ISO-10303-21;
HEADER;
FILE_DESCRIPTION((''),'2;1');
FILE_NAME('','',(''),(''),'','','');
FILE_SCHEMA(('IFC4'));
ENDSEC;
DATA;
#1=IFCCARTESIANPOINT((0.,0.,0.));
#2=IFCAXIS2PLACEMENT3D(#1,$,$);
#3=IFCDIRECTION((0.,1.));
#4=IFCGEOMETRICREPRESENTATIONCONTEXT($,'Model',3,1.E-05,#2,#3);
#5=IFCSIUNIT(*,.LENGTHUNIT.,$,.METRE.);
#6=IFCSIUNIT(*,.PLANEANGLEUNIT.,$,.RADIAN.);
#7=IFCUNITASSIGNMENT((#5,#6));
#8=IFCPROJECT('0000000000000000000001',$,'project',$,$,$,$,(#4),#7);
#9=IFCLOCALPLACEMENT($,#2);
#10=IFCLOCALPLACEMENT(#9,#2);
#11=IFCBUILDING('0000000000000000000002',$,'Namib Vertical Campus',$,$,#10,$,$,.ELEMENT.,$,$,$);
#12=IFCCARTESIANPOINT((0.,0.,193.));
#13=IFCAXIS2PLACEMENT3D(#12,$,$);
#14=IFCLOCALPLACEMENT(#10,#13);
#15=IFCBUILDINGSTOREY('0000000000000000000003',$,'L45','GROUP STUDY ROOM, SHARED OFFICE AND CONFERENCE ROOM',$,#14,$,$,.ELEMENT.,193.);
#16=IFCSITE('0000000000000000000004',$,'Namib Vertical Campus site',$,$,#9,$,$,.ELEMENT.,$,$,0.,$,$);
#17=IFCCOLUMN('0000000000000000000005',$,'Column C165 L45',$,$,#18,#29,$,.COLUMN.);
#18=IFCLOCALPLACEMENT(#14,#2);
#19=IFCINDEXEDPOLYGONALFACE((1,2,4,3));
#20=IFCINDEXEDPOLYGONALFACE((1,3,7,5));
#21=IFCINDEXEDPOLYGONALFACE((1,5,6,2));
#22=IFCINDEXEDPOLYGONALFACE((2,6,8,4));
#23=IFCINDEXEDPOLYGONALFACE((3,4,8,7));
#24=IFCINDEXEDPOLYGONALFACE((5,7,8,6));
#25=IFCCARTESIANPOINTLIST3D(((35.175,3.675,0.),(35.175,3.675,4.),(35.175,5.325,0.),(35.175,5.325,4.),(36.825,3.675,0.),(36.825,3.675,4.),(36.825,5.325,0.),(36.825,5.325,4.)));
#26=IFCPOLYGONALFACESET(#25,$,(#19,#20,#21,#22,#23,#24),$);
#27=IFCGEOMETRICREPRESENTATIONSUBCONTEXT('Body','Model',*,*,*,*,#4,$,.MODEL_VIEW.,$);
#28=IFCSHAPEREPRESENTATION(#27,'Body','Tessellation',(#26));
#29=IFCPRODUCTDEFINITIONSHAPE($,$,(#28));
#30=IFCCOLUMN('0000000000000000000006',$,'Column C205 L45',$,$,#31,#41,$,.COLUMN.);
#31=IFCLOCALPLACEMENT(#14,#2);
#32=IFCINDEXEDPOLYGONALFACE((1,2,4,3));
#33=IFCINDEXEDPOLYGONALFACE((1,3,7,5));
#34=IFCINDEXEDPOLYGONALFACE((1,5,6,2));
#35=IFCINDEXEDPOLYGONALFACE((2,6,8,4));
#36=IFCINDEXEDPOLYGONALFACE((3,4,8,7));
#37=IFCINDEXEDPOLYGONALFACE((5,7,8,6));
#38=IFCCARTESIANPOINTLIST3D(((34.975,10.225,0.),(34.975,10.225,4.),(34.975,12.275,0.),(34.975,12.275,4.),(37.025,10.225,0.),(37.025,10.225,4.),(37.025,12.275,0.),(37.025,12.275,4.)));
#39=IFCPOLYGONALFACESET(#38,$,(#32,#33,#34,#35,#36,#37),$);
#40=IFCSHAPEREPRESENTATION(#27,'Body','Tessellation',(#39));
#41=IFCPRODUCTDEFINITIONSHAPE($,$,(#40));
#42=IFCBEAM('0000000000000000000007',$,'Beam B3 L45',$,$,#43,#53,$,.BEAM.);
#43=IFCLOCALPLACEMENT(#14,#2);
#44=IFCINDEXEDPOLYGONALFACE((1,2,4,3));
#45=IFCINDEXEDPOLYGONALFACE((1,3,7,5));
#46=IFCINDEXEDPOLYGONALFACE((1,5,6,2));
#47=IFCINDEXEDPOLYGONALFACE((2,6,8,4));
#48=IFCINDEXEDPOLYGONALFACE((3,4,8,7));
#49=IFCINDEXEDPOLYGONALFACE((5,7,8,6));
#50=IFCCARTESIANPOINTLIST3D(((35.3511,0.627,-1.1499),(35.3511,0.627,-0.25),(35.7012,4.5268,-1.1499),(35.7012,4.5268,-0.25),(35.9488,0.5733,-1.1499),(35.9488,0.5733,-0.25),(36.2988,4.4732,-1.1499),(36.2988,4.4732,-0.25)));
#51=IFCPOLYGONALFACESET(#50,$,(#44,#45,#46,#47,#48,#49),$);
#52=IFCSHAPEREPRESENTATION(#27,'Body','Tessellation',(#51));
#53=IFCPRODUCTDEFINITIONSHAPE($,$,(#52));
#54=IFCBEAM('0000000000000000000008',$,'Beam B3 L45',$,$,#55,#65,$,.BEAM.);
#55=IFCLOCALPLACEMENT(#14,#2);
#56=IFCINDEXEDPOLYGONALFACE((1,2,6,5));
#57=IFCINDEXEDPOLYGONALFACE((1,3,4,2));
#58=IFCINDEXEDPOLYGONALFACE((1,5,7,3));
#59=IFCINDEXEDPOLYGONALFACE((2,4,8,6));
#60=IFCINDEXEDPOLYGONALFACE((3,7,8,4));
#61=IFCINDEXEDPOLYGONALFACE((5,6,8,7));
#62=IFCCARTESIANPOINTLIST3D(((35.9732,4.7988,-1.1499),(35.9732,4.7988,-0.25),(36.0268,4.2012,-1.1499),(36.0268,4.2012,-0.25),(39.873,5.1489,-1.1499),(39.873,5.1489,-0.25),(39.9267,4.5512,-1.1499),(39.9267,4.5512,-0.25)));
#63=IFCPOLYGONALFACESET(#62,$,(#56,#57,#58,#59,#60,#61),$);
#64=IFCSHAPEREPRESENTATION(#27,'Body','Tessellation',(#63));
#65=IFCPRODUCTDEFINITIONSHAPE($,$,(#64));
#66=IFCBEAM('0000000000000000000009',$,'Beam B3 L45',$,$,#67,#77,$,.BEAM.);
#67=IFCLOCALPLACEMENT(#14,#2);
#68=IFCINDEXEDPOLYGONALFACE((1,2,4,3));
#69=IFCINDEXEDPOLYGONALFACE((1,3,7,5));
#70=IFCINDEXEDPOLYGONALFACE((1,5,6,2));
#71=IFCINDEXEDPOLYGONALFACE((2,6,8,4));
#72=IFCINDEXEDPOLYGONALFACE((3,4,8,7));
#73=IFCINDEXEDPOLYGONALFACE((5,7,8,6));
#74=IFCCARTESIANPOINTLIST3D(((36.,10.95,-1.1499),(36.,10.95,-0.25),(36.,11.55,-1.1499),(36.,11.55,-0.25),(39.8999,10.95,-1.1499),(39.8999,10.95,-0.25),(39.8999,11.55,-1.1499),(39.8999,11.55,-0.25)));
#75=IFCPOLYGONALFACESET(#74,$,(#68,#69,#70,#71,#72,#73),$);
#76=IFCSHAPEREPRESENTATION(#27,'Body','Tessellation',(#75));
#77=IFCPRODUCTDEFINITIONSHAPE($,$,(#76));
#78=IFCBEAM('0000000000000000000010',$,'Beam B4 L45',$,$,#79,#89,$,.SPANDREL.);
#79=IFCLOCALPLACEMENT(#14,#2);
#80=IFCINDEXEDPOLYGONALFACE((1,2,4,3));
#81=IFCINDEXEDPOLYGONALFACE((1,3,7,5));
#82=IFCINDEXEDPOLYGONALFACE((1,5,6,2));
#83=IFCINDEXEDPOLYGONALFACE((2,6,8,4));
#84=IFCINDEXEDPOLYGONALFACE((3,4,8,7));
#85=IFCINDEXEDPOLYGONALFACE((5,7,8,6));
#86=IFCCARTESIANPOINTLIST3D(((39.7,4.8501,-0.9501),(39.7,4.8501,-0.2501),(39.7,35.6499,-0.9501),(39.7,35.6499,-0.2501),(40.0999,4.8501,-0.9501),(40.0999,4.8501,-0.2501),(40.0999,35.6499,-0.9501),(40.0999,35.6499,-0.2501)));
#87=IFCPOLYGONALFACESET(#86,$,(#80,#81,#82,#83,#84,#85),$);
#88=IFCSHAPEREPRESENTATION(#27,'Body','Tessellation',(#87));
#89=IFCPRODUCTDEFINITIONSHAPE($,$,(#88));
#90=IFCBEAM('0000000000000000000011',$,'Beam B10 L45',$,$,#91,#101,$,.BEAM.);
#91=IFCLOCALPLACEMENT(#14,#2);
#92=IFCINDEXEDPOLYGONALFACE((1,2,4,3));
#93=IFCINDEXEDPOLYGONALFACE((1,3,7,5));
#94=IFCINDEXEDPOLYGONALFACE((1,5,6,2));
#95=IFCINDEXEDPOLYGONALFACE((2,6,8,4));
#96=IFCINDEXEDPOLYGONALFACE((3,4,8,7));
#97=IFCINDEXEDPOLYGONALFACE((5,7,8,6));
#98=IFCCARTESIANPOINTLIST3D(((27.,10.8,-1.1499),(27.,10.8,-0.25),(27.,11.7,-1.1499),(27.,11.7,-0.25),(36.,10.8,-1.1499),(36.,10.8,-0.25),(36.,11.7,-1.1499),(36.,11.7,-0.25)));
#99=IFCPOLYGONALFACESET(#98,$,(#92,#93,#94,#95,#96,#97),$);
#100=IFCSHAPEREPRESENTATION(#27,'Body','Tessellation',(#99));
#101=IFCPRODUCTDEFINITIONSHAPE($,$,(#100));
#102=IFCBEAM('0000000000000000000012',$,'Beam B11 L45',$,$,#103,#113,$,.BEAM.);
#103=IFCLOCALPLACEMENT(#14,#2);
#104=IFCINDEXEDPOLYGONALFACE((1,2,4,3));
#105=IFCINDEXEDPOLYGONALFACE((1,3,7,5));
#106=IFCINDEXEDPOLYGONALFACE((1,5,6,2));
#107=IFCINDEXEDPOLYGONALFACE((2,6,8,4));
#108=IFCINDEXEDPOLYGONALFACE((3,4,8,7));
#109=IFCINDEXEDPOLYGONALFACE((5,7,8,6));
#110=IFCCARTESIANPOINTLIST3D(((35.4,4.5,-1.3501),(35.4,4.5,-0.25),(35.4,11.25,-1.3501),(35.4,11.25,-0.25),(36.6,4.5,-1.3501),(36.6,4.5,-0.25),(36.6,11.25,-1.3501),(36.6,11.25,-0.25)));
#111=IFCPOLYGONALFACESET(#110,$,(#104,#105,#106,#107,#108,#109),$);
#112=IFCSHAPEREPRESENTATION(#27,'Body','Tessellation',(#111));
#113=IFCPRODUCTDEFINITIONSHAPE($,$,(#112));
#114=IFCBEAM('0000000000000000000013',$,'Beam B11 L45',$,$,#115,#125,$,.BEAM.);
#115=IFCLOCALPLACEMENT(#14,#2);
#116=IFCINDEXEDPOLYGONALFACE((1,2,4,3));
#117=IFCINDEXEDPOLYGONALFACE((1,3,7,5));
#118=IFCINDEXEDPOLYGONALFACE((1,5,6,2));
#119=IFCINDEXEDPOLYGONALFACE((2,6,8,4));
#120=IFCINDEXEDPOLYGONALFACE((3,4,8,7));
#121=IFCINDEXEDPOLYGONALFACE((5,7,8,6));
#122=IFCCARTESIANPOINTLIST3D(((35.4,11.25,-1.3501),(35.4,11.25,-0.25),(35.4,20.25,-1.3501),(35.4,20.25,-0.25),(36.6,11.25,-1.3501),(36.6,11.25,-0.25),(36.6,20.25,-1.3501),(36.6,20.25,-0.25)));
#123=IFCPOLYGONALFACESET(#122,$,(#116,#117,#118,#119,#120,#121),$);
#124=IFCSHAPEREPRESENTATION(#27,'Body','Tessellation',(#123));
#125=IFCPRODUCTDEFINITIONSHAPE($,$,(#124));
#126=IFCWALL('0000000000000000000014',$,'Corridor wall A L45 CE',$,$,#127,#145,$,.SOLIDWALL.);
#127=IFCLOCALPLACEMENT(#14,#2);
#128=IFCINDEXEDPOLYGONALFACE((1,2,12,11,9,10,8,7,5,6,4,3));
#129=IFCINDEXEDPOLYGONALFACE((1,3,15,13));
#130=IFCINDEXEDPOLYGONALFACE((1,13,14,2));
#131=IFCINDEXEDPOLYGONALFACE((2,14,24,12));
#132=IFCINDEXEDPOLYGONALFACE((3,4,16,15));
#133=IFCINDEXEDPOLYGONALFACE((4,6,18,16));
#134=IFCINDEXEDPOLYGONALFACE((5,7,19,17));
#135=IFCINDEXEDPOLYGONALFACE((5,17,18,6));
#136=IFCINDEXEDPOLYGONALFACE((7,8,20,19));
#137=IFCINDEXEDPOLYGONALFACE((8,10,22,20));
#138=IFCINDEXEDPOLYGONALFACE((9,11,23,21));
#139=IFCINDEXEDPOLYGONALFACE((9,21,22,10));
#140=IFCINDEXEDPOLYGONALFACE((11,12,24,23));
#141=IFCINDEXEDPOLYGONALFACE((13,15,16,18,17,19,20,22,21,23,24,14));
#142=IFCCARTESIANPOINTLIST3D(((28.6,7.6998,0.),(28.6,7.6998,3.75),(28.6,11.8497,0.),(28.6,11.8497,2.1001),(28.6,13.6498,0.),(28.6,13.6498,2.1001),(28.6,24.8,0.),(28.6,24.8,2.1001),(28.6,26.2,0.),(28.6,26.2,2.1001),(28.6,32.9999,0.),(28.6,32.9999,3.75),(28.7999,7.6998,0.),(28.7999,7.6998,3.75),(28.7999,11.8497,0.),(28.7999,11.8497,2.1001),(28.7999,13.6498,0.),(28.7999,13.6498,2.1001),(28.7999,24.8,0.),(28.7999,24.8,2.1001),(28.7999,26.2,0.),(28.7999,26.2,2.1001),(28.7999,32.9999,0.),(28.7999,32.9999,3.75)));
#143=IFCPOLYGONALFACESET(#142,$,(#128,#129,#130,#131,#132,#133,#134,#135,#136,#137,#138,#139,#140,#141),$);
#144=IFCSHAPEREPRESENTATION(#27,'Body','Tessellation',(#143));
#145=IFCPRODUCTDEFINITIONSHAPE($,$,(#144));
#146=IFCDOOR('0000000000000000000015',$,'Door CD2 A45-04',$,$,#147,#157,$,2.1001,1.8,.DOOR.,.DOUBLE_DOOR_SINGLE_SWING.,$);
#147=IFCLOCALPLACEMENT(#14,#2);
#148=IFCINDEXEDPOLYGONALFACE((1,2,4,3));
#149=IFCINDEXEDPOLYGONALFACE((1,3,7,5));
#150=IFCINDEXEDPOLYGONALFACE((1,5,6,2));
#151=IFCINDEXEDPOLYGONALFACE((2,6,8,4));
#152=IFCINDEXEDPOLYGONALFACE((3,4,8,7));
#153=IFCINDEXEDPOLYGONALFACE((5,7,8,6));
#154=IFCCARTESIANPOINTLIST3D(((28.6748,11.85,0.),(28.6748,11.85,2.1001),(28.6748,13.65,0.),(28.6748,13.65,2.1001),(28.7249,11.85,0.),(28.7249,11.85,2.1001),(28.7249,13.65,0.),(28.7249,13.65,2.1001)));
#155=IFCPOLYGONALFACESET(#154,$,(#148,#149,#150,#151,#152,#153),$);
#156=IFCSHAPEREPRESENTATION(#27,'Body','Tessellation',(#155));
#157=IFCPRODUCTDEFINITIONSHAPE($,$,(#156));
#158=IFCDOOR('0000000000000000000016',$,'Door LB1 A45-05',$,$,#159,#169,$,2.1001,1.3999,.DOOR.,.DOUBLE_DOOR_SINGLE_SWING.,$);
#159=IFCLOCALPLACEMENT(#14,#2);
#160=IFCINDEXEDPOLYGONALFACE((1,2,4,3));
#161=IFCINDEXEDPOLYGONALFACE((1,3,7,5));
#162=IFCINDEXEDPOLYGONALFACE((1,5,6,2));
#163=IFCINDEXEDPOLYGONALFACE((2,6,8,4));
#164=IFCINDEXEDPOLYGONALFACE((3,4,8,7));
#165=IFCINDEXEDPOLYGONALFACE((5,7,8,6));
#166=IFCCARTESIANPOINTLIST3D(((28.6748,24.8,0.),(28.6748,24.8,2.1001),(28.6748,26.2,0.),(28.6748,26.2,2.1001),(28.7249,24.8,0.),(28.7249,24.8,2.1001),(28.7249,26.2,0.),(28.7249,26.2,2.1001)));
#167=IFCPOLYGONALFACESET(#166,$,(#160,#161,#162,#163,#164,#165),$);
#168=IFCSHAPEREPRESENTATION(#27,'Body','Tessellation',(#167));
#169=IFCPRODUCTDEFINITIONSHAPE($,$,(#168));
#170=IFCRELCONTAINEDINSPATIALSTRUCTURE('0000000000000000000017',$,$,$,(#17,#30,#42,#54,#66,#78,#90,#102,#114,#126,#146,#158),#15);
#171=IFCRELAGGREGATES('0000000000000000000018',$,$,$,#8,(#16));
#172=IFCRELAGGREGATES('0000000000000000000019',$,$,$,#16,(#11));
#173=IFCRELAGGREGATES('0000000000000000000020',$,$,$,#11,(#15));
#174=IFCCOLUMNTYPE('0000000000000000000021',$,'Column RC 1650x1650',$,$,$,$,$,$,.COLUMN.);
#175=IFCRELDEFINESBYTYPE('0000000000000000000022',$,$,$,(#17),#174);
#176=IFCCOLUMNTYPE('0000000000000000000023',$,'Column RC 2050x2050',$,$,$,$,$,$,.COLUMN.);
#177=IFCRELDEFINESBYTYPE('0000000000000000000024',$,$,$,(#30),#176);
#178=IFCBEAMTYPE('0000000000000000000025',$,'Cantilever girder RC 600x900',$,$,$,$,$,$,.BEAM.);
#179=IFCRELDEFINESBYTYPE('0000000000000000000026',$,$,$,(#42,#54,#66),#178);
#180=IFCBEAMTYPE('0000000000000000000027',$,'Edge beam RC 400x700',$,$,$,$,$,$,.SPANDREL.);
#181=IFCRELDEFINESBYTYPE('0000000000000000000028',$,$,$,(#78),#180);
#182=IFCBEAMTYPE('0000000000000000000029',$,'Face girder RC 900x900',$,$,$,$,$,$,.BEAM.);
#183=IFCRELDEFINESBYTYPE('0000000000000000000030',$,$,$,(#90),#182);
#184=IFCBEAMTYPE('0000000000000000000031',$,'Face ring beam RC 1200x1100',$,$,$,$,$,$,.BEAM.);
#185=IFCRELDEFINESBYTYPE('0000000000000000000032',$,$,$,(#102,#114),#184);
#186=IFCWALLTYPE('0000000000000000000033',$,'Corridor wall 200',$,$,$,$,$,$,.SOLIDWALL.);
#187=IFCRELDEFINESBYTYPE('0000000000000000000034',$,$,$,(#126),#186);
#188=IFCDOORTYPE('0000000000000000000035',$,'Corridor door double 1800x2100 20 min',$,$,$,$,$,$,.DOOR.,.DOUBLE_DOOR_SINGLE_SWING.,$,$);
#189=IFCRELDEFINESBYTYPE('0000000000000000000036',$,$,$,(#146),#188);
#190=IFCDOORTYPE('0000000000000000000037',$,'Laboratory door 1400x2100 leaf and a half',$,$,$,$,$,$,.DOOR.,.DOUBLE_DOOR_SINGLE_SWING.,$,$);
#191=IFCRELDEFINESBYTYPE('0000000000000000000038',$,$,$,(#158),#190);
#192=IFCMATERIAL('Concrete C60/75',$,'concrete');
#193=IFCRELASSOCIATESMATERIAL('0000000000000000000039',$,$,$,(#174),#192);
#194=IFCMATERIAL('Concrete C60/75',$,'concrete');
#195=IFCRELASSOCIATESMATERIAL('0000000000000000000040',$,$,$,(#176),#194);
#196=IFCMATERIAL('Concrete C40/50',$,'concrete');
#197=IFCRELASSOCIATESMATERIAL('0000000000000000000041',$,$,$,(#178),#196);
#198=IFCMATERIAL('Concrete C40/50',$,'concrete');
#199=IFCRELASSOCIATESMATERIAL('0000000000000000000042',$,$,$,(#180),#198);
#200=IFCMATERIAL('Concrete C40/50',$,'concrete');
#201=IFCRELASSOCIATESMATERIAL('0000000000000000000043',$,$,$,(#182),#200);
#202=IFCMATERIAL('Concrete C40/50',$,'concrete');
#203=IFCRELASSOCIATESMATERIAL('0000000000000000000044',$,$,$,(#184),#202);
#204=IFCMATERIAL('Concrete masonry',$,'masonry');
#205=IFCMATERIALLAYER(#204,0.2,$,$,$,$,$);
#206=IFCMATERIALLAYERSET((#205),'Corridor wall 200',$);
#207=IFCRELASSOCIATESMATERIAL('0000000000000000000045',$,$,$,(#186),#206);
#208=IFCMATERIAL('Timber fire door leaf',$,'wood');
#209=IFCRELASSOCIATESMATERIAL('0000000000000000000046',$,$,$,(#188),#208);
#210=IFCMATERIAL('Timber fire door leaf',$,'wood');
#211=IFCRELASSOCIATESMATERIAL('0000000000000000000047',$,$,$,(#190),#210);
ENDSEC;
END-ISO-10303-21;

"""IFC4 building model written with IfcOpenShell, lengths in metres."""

from ifc_helpers import new_model, si_unit, direction, frame, frame_2d, origin, origin_2d, place, context, subcontext, project, spatial, rectangle, extrude, material, layer, layer_set, material_profile, profile_set, type_object, element, fill, save


model = new_model("IFC4")

# Units and contexts
model_context = context("Model", 3, precision=1e-05, world=origin(), true_north=direction((0.0, 1.0)))
body_context = subcontext(model_context, "Body", "Model", "MODEL_VIEW")
ifc_project = project(units=[si_unit("LENGTHUNIT", "METRE"), si_unit("PLANEANGLEUNIT", "RADIAN")], contexts=[model_context])

# Site, building, storey
site_placement = place(None, origin())
site = spatial("IfcSite", under=ifc_project, at=site_placement, Name="Namib Vertical Campus site", CompositionType="ELEMENT", RefElevation=0.0)
building_placement = place(site_placement, origin())
building = spatial("IfcBuilding", under=site, at=building_placement, Name="Namib Vertical Campus", CompositionType="ELEMENT")
storey_placement = place(building_placement, frame((0.0, 0.0, 193.0)))
storey = spatial("IfcBuildingStorey", under=building, at=storey_placement, Name="L45", Description="GROUP STUDY ROOM, SHARED OFFICE AND CONFERENCE ROOM", CompositionType="ELEMENT", Elevation=193.0)

# Columns
ifc_material_1 = material(Name="Concrete C60/75", Category="concrete")
ifc_material_profile_1 = material_profile(ifc_material_1, rectangle(XDim=1.6499, YDim=1.6499, at=origin_2d()))
ifc_profile_set_1 = profile_set([ifc_material_profile_1], Name="Concrete C60/75")
column_type_1 = type_object("IfcColumnType", Name="Column RC 1650x1650", PredefinedType="COLUMN", material=ifc_profile_set_1)
column_1_placement = place(storey_placement, frame((36.0, 4.5, 0.0), z_axis=(0.0, 0.0, 1.0), x_axis=(1.0, 0.0, 0.0)))
element("IfcColumn", 1, at=column_1_placement, inside=storey, type_object=column_type_1, Name="Column C165 L45", PredefinedType="COLUMN", context=body_context, shape_type="SweptSolid", body=[
    extrude(rectangle(XDim=1.6499, YDim=1.6499, at=origin_2d()), origin(), (0.0, 0.0, 1.0), 4.0),
])
ifc_material_2 = material(Name="Concrete C60/75", Category="concrete")
ifc_material_profile_2 = material_profile(ifc_material_2, rectangle(XDim=2.05, YDim=2.05, at=origin_2d()))
ifc_profile_set_2 = profile_set([ifc_material_profile_2], Name="Concrete C60/75")
column_type_2 = type_object("IfcColumnType", Name="Column RC 2050x2050", PredefinedType="COLUMN", material=ifc_profile_set_2)
column_2_placement = place(storey_placement, frame((36.0, 11.25, 0.0), z_axis=(0.0, 0.0, 1.0), x_axis=(1.0, 0.0, 0.0)))
element("IfcColumn", 2, at=column_2_placement, inside=storey, type_object=column_type_2, Name="Column C205 L45", PredefinedType="COLUMN", context=body_context, shape_type="SweptSolid", body=[
    extrude(rectangle(XDim=2.05, YDim=2.05, at=origin_2d()), origin(), (0.0, 0.0, 1.0), 4.0),
])

# Beams
ifc_material_3 = material(Name="Concrete C40/50", Category="concrete")
ifc_material_profile_3 = material_profile(ifc_material_3, rectangle(XDim=0.6001, YDim=0.8999, at=origin_2d()))
ifc_profile_set_3 = profile_set([ifc_material_profile_3], Name="Concrete C40/50")
beam_type_1 = type_object("IfcBeamType", Name="Cantilever girder RC 600x900", PredefinedType="BEAM", material=ifc_profile_set_3)
for number, where, z_axis, x_axis, name in (
    (3, (36.0, 4.5, -0.7), (-0.089411, -0.995995, 0.0), (0.995995, -0.089411, 0.0), "Beam B3 L45"),
    (4, (36.0, 4.5, -0.7), (0.995995, 0.089411, 0.0), (-0.089411, 0.995995, 0.0), "Beam B3 L45"),
):
    element("IfcBeam", number, at=place(storey_placement, frame(where, z_axis=z_axis, x_axis=x_axis)), inside=storey, type_object=beam_type_1, Name=name, PredefinedType="BEAM", context=body_context, shape_type="SweptSolid", body=[
        extrude(rectangle(XDim=0.6001, YDim=0.8999, at=origin_2d()), origin(), (0.0, 0.0, 1.0), 3.9155),
    ])
beam_1_placement = place(storey_placement, frame((36.0, 11.25, -0.7), z_axis=(1.0, 0.0, 0.0), x_axis=(0.0, 1.0, 0.0)))
element("IfcBeam", 5, at=beam_1_placement, inside=storey, type_object=beam_type_1, Name="Beam B3 L45", PredefinedType="BEAM", context=body_context, shape_type="SweptSolid", body=[
    extrude(rectangle(XDim=0.6001, YDim=0.8999, at=origin_2d()), origin(), (0.0, 0.0, 1.0), 3.8999),
])
ifc_material_4 = material(Name="Concrete C40/50", Category="concrete")
ifc_material_profile_4 = material_profile(ifc_material_4, rectangle(XDim=0.3999, YDim=0.7, at=origin_2d()))
ifc_profile_set_4 = profile_set([ifc_material_profile_4], Name="Concrete C40/50")
beam_type_2 = type_object("IfcBeamType", Name="Edge beam RC 400x700", PredefinedType="SPANDREL", material=ifc_profile_set_4)
beam_2_placement = place(storey_placement, frame((39.8999, 4.8501, -0.6001), z_axis=(0.0, 1.0, 0.0), x_axis=(-1.0, 0.0, 0.0)))
element("IfcBeam", 6, at=beam_2_placement, inside=storey, type_object=beam_type_2, Name="Beam B4 L45", PredefinedType="SPANDREL", context=body_context, shape_type="SweptSolid", body=[
    extrude(rectangle(XDim=0.3999, YDim=0.7, at=origin_2d()), origin(), (0.0, 0.0, 1.0), 30.7998),
])
ifc_material_5 = material(Name="Concrete C40/50", Category="concrete")
ifc_material_profile_5 = material_profile(ifc_material_5, rectangle(XDim=0.8999, YDim=0.8999, at=origin_2d()))
ifc_profile_set_5 = profile_set([ifc_material_profile_5], Name="Concrete C40/50")
beam_type_3 = type_object("IfcBeamType", Name="Face girder RC 900x900", PredefinedType="BEAM", material=ifc_profile_set_5)
beam_3_placement = place(storey_placement, frame((36.0, 11.25, -0.7), z_axis=(-1.0, 0.0, 0.0), x_axis=(0.0, -1.0, 0.0)))
element("IfcBeam", 7, at=beam_3_placement, inside=storey, type_object=beam_type_3, Name="Beam B10 L45", PredefinedType="BEAM", context=body_context, shape_type="SweptSolid", body=[
    extrude(rectangle(XDim=0.8999, YDim=0.8999, at=origin_2d()), origin(), (0.0, 0.0, 1.0), 9.0),
])
ifc_material_6 = material(Name="Concrete C40/50", Category="concrete")
ifc_material_profile_6 = material_profile(ifc_material_6, rectangle(XDim=1.2, YDim=1.1001, at=origin_2d()))
ifc_profile_set_6 = profile_set([ifc_material_profile_6], Name="Concrete C40/50")
beam_type_4 = type_object("IfcBeamType", Name="Face ring beam RC 1200x1100", PredefinedType="BEAM", material=ifc_profile_set_6)
beam_4_placement = place(storey_placement, frame((36.0, 4.5, -0.8), z_axis=(0.0, 1.0, 0.0), x_axis=(-1.0, 0.0, 0.0)))
element("IfcBeam", 8, at=beam_4_placement, inside=storey, type_object=beam_type_4, Name="Beam B11 L45", PredefinedType="BEAM", context=body_context, shape_type="SweptSolid", body=[
    extrude(rectangle(XDim=1.2, YDim=1.1001, at=origin_2d()), origin(), (0.0, 0.0, 1.0), 6.75),
])
beam_5_placement = place(storey_placement, frame((36.0, 11.25, -0.8), z_axis=(0.0, 1.0, 0.0), x_axis=(-1.0, 0.0, 0.0)))
element("IfcBeam", 9, at=beam_5_placement, inside=storey, type_object=beam_type_4, Name="Beam B11 L45", PredefinedType="BEAM", context=body_context, shape_type="SweptSolid", body=[
    extrude(rectangle(XDim=1.2, YDim=1.1001, at=origin_2d()), origin(), (0.0, 0.0, 1.0), 9.0),
])

# Wall, openings, doors
ifc_material_7 = material(Name="Concrete masonry", Category="masonry")
ifc_layer_1 = layer(ifc_material_7, 0.2)
ifc_layer_set_1 = layer_set([ifc_layer_1], Name="Corridor wall 200")
wall_type_1 = type_object("IfcWallType", Name="Corridor wall 200", PredefinedType="SOLIDWALL", material=ifc_layer_set_1)
wall_1_placement = place(storey_placement, frame((28.7, 7.7, 0.0), z_axis=(0.0, 0.0, 1.0), x_axis=(0.0, 1.0, 0.0)))
wall_1 = element("IfcWall", 10, at=wall_1_placement, inside=storey, type_object=wall_type_1, Name="Corridor wall A L45 CE", PredefinedType="SOLIDWALL", context=body_context, shape_type="SweptSolid", body=[
    extrude(rectangle(XDim=25.3, YDim=0.2, at=frame_2d((12.6499, 0.0))), origin(), (0.0, 0.0, 1.0), 3.75),
])
opening_1_placement = place(wall_1_placement, frame((4.1499, 0.0, 0.0)))
opening_1 = element("IfcOpeningElement", 11, at=opening_1_placement, cuts=wall_1, PredefinedType="OPENING", context=body_context, shape_type="SweptSolid", body=[
    extrude(rectangle(XDim=1.8, YDim=2.1001, at=frame_2d((0.8999, 1.05))), frame((0.0, 0.1099, 0.0), z_axis=(0.0, -1.0, 0.0), x_axis=(1.0, 0.0, 0.0)), (0.0, 0.0, 1.0), 0.22),
])
opening_2_placement = place(wall_1_placement, frame((17.1001, 0.0, 0.0)))
opening_2 = element("IfcOpeningElement", 12, at=opening_2_placement, cuts=wall_1, PredefinedType="OPENING", context=body_context, shape_type="SweptSolid", body=[
    extrude(rectangle(XDim=1.3999, YDim=2.1001, at=frame_2d((0.7, 1.05))), frame((0.0, 0.1099, 0.0), z_axis=(0.0, -1.0, 0.0), x_axis=(1.0, 0.0, 0.0)), (0.0, 0.0, 1.0), 0.22),
])
ifc_material_8 = material(Name="Timber fire door leaf", Category="wood")
door_type_1 = type_object("IfcDoorType", Name="Corridor door double 1800x2100 20 min", OperationType="DOUBLE_DOOR_SINGLE_SWING", PredefinedType="DOOR", material=ifc_material_8)
door_1_placement = place(opening_1_placement, frame((1.8, 0.0, 0.0), z_axis=(0.0, 0.0, 1.0), x_axis=(-1.0, 0.0, 0.0)))
door_1 = element("IfcDoor", 13, at=door_1_placement, inside=storey, type_object=door_type_1, Name="Door CD2 A45-04", OperationType="DOUBLE_DOOR_SINGLE_SWING", OverallHeight=2.1001, OverallWidth=1.8, PredefinedType="DOOR", context=body_context, shape_type="SweptSolid", body=[
    extrude(rectangle(XDim=1.8, YDim=2.1001, at=frame_2d((0.8999, 1.05))), frame((0.0, 0.0249, 0.0), z_axis=(0.0, -1.0, 0.0), x_axis=(1.0, 0.0, 0.0)), (0.0, 0.0, 1.0), 0.05),
])
fill(opening_1, door_1)
ifc_material_9 = material(Name="Timber fire door leaf", Category="wood")
door_type_2 = type_object("IfcDoorType", Name="Laboratory door 1400x2100 leaf and a half", OperationType="DOUBLE_DOOR_SINGLE_SWING", PredefinedType="DOOR", material=ifc_material_9)
door_2_placement = place(opening_2_placement, frame((1.3999, 0.0, 0.0), z_axis=(0.0, 0.0, 1.0), x_axis=(-1.0, 0.0, 0.0)))
door_2 = element("IfcDoor", 14, at=door_2_placement, inside=storey, type_object=door_type_2, Name="Door LB1 A45-05", OperationType="DOUBLE_DOOR_SINGLE_SWING", OverallHeight=2.1001, OverallWidth=1.3999, PredefinedType="DOOR", context=body_context, shape_type="SweptSolid", body=[
    extrude(rectangle(XDim=1.3999, YDim=2.1001, at=frame_2d((0.7, 1.05))), frame((0.0, 0.0249, 0.0), z_axis=(0.0, -1.0, 0.0), x_axis=(1.0, 0.0, 0.0)), (0.0, 0.0, 1.0), 0.05),
])
fill(opening_2, door_2)

save(model, "model.ifc")
